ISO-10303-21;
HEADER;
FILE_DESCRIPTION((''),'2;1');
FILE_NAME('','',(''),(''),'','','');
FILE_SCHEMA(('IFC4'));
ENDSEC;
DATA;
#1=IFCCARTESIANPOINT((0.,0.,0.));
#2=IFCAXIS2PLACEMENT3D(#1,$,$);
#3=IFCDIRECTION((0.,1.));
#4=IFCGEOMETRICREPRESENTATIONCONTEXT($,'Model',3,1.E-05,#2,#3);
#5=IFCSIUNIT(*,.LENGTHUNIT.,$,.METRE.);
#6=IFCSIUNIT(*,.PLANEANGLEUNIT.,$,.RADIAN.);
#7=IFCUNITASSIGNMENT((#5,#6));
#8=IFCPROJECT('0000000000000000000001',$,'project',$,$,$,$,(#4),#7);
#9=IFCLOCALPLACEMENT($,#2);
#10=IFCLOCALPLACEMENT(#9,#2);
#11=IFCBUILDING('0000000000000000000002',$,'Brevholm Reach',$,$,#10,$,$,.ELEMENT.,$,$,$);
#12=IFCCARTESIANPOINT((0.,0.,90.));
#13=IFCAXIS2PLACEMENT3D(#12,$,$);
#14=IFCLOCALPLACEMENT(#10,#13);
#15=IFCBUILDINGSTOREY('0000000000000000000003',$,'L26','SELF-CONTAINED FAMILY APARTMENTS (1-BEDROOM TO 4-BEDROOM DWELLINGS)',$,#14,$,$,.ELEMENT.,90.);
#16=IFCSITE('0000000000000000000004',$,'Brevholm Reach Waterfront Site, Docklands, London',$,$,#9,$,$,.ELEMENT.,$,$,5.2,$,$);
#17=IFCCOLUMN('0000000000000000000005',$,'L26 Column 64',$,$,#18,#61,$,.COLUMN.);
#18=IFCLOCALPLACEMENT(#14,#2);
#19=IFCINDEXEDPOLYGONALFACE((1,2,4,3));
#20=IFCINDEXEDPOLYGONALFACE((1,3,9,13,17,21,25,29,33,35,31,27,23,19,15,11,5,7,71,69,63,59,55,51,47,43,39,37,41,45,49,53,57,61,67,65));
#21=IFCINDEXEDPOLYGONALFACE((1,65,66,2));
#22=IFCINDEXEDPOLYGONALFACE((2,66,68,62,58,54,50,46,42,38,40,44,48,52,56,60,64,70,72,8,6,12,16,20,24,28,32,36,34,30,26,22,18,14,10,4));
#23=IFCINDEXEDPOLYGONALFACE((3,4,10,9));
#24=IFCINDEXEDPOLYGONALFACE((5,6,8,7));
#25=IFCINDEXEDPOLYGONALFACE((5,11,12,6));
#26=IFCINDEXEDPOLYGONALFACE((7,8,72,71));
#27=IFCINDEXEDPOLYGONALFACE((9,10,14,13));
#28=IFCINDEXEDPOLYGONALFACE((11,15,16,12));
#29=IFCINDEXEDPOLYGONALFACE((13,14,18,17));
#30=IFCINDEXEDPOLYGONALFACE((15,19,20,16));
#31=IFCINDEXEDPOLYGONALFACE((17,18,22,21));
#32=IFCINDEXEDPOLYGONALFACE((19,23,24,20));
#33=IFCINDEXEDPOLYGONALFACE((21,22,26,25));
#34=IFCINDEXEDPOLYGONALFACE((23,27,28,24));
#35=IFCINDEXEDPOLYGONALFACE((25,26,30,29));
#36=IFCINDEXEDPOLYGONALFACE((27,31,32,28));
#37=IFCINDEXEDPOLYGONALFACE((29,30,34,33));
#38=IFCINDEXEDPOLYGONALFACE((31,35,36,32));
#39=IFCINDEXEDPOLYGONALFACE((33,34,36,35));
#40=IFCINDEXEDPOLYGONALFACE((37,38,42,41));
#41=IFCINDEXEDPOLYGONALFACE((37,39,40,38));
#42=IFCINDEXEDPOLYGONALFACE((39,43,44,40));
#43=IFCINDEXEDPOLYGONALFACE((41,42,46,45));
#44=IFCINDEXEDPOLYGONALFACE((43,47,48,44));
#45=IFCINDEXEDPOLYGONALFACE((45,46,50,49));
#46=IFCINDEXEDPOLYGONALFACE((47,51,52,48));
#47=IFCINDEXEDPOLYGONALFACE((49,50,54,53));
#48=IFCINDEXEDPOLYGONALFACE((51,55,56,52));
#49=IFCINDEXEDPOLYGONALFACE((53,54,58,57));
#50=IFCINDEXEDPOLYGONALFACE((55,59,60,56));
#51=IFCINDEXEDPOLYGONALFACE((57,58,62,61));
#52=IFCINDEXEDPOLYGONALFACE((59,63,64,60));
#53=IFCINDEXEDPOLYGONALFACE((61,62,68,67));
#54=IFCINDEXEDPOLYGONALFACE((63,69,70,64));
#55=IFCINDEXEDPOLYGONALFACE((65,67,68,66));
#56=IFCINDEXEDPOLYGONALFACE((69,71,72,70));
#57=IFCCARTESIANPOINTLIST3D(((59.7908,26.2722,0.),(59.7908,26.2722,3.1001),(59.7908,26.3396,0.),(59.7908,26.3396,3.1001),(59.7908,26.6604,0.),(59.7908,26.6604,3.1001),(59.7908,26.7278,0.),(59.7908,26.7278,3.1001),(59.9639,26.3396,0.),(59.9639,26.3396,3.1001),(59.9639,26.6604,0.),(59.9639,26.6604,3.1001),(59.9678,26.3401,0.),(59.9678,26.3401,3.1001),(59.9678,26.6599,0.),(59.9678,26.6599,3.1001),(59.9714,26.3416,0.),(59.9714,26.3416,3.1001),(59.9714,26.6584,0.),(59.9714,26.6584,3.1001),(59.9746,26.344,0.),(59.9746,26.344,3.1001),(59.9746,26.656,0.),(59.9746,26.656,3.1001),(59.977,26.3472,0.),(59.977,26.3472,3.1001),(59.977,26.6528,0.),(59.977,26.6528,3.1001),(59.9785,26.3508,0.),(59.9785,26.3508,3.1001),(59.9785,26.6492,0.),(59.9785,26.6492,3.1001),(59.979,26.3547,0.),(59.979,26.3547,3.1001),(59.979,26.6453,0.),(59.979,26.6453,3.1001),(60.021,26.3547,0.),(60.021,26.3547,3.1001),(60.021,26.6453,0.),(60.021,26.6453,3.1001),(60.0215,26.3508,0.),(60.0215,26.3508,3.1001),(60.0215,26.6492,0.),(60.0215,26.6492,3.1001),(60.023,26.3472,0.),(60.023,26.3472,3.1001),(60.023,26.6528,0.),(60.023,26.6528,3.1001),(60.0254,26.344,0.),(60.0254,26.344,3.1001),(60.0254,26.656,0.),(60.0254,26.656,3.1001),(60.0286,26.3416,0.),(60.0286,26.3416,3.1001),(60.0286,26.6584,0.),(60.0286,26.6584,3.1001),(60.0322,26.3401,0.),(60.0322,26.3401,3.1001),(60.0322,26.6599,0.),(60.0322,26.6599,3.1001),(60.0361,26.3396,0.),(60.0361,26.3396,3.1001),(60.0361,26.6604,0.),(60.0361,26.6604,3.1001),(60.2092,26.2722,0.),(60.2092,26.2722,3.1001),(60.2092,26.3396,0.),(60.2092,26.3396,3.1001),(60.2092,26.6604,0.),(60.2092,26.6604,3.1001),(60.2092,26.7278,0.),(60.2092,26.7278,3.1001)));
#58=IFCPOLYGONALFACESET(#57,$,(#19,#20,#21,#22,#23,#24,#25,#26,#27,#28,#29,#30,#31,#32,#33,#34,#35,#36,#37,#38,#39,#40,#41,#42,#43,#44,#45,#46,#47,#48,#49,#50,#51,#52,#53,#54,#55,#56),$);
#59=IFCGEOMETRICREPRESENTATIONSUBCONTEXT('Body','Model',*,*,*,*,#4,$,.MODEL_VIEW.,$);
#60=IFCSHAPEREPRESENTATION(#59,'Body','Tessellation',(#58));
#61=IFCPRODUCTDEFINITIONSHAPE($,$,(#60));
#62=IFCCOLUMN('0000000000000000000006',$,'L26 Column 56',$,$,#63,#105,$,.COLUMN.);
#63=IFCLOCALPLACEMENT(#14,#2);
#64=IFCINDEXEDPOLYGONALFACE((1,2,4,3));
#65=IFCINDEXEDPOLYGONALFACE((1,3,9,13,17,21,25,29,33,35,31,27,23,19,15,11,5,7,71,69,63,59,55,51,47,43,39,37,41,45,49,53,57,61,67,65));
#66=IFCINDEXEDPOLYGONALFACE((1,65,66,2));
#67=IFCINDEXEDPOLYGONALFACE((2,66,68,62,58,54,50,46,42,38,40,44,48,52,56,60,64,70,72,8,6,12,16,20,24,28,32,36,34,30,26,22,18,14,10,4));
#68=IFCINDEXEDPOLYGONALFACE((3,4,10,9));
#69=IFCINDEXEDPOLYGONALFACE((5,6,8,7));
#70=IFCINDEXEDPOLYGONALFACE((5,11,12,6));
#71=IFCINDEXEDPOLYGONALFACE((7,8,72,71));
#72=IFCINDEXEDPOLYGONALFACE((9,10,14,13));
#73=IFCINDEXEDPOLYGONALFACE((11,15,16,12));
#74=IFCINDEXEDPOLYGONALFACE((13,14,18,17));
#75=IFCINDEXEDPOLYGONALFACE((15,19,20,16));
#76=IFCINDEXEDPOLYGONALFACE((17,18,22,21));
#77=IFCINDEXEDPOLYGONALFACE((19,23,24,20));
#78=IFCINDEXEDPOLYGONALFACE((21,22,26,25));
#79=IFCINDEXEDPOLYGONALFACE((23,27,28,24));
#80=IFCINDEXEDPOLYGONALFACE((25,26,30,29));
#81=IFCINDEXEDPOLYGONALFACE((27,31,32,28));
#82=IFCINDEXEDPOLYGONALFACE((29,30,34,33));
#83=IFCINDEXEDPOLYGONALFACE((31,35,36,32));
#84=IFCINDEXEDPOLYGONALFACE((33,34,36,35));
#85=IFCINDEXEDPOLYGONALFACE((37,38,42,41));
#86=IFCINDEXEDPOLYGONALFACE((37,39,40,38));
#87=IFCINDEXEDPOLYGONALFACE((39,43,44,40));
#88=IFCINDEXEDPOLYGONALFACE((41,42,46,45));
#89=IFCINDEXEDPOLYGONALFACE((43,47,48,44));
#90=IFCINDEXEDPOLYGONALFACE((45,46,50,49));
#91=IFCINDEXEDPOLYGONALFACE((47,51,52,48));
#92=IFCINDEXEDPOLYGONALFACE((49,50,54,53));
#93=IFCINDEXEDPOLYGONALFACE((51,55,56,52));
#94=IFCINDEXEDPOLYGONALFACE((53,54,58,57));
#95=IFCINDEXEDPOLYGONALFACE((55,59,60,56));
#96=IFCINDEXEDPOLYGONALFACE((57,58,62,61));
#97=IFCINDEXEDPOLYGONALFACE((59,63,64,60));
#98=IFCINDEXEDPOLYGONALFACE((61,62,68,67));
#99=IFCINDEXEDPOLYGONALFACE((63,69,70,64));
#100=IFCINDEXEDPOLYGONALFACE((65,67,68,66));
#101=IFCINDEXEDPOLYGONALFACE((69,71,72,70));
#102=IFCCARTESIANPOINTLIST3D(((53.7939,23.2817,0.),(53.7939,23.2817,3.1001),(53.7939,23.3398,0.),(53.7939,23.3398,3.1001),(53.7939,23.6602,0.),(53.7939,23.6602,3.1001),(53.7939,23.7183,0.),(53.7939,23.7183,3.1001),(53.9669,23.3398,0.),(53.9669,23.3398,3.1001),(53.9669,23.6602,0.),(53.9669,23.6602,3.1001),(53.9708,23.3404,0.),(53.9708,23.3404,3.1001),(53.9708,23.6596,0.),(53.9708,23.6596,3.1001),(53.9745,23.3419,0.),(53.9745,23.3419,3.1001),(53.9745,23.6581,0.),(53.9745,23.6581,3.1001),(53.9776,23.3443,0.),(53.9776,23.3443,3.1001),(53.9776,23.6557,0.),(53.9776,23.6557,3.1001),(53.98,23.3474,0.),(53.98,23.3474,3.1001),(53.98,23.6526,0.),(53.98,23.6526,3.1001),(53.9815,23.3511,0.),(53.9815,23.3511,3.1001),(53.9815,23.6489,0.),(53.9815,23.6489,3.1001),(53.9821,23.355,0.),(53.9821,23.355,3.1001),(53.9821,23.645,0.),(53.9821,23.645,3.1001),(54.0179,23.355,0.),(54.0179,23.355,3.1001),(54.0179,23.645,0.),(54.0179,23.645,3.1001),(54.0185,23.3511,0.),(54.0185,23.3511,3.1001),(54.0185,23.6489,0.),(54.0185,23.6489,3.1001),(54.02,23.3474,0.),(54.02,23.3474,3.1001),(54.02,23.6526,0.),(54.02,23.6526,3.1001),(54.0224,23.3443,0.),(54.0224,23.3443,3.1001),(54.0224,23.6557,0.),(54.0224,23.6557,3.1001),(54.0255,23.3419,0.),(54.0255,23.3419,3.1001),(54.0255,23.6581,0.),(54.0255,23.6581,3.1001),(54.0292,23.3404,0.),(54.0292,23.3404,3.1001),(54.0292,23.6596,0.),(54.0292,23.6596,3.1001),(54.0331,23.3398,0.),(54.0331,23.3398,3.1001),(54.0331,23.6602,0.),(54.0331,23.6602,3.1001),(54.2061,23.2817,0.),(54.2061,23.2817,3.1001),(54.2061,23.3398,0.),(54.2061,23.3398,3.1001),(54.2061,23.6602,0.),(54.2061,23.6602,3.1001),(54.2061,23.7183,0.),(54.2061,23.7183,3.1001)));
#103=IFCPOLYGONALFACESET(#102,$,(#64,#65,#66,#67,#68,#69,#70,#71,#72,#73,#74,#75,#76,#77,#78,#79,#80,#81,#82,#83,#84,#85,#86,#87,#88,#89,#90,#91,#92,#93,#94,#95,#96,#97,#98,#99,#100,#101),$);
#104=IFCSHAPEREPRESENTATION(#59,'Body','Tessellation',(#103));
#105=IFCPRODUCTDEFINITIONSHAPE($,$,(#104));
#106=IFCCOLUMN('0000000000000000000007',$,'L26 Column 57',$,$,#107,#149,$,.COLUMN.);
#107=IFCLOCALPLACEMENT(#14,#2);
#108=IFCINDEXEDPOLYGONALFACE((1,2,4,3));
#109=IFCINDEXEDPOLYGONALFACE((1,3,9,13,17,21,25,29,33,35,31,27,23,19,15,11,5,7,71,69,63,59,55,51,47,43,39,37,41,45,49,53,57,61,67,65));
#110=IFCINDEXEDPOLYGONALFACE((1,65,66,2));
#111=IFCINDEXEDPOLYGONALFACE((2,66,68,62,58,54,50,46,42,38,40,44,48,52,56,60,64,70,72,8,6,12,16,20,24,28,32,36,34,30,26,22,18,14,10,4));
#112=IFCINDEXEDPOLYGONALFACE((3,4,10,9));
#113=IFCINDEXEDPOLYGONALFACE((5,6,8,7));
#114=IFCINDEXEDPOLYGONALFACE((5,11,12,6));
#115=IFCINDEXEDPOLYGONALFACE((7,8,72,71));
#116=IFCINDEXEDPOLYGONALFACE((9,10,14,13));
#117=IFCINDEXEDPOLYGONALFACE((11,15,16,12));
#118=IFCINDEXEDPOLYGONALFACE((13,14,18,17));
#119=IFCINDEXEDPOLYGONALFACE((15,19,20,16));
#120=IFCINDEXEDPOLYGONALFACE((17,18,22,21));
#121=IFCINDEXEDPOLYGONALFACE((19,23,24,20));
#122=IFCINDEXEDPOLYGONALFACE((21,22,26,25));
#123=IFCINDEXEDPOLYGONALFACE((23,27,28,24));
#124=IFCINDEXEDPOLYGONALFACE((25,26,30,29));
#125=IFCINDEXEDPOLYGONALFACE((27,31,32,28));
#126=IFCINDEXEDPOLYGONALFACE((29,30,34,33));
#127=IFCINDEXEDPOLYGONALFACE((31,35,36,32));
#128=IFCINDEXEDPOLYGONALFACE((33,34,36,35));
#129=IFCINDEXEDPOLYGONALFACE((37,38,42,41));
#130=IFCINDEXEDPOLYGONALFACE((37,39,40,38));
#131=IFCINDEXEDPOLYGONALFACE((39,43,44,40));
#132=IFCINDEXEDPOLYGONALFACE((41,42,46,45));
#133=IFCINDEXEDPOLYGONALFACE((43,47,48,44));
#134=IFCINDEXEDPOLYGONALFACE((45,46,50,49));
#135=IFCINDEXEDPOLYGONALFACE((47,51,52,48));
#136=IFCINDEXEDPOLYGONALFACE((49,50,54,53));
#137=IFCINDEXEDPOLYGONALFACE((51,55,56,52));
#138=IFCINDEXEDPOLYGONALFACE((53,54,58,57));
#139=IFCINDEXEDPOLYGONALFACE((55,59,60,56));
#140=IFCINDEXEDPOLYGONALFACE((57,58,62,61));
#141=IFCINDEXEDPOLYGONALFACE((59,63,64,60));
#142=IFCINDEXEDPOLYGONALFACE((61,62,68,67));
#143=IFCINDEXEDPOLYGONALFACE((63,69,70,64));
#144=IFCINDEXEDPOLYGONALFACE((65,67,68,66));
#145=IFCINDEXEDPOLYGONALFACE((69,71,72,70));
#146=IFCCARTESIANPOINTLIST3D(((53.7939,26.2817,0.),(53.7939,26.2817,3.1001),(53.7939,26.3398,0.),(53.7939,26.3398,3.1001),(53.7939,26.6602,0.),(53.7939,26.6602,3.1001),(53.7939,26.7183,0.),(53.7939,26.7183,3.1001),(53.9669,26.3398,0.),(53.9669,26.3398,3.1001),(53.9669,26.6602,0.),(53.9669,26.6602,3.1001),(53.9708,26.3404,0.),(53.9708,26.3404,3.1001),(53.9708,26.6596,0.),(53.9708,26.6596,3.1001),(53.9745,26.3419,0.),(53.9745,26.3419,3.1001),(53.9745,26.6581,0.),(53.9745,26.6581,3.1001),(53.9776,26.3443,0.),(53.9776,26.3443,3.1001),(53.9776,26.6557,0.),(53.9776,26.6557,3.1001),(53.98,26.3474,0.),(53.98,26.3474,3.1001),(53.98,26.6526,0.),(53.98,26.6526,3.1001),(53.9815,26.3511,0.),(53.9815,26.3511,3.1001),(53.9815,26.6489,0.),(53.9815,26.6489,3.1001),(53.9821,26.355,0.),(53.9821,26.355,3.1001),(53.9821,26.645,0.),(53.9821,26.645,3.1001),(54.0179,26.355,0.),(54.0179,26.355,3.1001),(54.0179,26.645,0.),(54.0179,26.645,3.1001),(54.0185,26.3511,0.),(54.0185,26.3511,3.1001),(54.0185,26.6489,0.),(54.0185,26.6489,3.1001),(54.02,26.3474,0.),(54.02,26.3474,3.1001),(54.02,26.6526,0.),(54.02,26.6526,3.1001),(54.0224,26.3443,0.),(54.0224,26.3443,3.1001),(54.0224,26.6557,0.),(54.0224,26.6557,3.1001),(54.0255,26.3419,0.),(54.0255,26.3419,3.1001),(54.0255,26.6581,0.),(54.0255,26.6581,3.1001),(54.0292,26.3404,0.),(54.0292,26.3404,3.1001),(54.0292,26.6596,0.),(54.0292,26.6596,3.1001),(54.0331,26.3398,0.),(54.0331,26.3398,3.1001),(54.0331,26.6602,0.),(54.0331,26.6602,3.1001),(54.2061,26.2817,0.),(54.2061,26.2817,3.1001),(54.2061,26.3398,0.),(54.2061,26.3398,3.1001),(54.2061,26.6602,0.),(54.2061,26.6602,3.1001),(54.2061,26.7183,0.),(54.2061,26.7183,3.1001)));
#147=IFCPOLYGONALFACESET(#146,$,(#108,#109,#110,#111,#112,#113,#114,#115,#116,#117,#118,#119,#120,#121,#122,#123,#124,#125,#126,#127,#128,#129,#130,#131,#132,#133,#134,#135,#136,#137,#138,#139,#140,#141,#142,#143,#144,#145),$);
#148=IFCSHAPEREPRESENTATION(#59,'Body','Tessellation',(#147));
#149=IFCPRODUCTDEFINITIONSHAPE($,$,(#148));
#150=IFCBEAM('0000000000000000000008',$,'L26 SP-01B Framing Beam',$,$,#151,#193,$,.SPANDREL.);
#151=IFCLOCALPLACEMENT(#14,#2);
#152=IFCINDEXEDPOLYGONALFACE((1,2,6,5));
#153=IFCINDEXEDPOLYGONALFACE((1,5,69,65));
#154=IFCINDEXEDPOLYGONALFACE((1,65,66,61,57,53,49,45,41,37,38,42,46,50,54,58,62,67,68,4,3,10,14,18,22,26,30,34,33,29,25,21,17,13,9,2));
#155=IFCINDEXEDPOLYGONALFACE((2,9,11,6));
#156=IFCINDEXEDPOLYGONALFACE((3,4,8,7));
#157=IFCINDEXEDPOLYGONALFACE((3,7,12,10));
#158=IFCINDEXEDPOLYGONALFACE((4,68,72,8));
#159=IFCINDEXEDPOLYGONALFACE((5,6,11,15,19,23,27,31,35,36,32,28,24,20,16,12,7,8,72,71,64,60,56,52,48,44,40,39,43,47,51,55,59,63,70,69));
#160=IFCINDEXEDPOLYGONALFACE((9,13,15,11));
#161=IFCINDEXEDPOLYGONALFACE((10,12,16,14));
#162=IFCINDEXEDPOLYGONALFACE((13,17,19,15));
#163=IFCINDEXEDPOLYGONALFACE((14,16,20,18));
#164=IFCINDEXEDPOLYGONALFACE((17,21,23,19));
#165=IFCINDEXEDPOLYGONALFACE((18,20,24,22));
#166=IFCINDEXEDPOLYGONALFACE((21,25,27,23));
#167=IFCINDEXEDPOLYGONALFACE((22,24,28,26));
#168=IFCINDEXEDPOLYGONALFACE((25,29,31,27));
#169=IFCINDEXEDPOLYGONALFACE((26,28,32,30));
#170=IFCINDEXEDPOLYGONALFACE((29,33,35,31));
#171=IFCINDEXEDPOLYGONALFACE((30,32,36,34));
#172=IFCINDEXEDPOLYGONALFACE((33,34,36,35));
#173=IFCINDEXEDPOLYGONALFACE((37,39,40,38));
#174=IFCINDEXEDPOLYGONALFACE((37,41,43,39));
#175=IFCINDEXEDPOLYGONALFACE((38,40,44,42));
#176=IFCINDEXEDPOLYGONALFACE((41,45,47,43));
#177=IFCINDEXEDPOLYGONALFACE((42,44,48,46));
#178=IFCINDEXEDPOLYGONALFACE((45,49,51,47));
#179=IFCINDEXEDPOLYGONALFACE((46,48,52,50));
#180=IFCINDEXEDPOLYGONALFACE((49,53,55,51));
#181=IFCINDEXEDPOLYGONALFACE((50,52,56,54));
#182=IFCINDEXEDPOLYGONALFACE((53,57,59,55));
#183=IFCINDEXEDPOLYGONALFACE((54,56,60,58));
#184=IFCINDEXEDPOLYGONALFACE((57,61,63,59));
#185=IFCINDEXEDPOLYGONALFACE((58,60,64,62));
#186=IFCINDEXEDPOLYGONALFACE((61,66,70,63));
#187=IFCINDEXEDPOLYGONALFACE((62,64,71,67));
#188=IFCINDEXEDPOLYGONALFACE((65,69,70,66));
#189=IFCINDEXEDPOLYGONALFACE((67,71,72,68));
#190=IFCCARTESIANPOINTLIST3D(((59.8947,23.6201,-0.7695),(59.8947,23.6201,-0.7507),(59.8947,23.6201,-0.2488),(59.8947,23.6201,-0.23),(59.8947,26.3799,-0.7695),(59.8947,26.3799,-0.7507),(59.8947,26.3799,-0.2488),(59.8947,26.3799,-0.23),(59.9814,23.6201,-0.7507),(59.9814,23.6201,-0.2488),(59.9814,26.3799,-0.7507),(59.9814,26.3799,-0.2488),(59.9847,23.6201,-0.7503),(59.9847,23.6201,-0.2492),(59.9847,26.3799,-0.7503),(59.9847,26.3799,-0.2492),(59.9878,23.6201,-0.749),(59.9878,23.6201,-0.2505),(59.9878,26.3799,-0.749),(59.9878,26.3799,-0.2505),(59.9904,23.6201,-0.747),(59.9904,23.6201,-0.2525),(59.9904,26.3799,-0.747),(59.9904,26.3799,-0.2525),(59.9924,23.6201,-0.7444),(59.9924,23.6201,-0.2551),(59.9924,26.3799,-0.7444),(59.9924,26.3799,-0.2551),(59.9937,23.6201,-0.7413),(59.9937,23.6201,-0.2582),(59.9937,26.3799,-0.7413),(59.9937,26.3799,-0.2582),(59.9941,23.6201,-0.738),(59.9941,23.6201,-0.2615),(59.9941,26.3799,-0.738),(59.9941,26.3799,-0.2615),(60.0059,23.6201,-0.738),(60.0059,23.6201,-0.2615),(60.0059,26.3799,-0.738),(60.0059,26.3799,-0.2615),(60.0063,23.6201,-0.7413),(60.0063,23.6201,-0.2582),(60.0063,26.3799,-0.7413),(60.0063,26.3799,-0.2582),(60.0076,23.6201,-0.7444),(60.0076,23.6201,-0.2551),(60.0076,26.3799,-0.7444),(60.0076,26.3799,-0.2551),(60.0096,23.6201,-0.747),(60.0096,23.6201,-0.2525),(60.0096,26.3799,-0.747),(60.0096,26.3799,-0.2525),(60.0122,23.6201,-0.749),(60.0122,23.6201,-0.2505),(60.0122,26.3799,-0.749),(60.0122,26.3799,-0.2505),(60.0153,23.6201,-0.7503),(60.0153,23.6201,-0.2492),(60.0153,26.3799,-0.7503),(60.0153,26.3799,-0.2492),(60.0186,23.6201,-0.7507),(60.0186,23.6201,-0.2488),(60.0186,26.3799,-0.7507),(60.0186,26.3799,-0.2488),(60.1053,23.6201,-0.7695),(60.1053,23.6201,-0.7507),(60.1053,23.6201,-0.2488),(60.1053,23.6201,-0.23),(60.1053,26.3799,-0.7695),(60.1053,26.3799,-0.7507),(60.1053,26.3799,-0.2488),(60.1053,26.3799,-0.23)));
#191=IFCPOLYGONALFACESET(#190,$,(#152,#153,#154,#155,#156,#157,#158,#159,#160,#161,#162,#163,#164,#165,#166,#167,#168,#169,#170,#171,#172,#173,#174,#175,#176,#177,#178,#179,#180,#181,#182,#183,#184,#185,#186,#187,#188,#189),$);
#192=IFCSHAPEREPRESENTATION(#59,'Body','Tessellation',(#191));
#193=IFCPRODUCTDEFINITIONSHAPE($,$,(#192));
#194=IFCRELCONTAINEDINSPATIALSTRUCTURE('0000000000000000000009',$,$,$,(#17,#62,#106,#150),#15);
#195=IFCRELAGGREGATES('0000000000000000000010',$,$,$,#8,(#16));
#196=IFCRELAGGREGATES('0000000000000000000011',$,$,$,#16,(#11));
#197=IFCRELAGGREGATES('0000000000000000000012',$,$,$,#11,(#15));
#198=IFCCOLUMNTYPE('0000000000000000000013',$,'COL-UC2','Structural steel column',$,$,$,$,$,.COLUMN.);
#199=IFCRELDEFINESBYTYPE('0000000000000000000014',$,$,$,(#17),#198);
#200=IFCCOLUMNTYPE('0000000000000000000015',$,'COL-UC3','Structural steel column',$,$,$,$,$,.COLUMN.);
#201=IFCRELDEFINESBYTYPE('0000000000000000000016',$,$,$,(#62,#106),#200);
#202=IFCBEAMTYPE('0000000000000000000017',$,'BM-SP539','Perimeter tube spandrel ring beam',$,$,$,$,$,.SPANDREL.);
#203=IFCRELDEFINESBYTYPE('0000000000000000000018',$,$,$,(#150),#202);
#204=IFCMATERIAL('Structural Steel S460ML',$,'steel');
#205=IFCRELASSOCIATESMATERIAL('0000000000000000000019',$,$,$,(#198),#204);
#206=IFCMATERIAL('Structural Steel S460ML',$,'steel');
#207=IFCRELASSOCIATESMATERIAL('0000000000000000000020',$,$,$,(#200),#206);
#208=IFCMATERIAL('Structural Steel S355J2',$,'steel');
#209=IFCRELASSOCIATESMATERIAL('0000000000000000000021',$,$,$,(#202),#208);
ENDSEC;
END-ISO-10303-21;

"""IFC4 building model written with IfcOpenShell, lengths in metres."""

from ifc_helpers import new_model, si_unit, direction, frame, origin, origin_2d, place, context, subcontext, project, spatial, i_section, extrude, material, material_profile, profile_set, type_object, element, save


model = new_model("IFC4")

# Units and contexts
model_context = context("Model", 3, precision=1e-05, world=origin(), true_north=direction((0.0, 1.0)))
body_context = subcontext(model_context, "Body", "Model", "MODEL_VIEW")
ifc_project = project(units=[si_unit("LENGTHUNIT", "METRE"), si_unit("PLANEANGLEUNIT", "RADIAN")], contexts=[model_context])

# Site, building, storey
site_placement = place(None, origin())
site = spatial("IfcSite", under=ifc_project, at=site_placement, Name="Brevholm Reach Waterfront Site, Docklands, London", CompositionType="ELEMENT", RefElevation=5.2)
building_placement = place(site_placement, origin())
building = spatial("IfcBuilding", under=site, at=building_placement, Name="Brevholm Reach", CompositionType="ELEMENT")
storey_placement = place(building_placement, frame((0.0, 0.0, 90.0)))
storey = spatial("IfcBuildingStorey", under=building, at=storey_placement, Name="L26", Description="SELF-CONTAINED FAMILY APARTMENTS (1-BEDROOM TO 4-BEDROOM DWELLINGS)", CompositionType="ELEMENT", Elevation=90.0)

# Columns
ifc_material_1 = material(Name="Structural Steel S460ML", Category="steel")
ifc_material_profile_1 = material_profile(ifc_material_1, i_section(OverallWidth=0.4185, OverallDepth=0.4556, WebThickness=0.042, FlangeThickness=0.0674, FilletRadius=0.0151, at=origin_2d()), Name="UKC 356x406x551")
ifc_profile_set_1 = profile_set([ifc_material_profile_1], Name="Structural Steel S460ML")
column_type_1 = type_object("IfcColumnType", Name="COL-UC2", Description="Structural steel column", PredefinedType="COLUMN", material=ifc_profile_set_1)
for number, where, z_axis, x_axis, name in (
    (1, (60.0, 26.5, 0.0), (0.0, 0.0, 1.0), (1.0, 0.0, 0.0), "L26 Column 64"),
):
    element("IfcColumn", number, at=place(storey_placement, frame(where, z_axis=z_axis, x_axis=x_axis)), inside=storey, type_object=column_type_1, Name=name, PredefinedType="COLUMN", context=body_context, shape_type="SweptSolid", body=[
        extrude(i_section(OverallWidth=0.4185, OverallDepth=0.4556, WebThickness=0.042, FlangeThickness=0.0674, FilletRadius=0.0151, at=origin_2d()), origin(), (0.0, 0.0, 1.0), 3.1001),
    ])
ifc_material_2 = material(Name="Structural Steel S460ML", Category="steel")
ifc_material_profile_2 = material_profile(ifc_material_2, i_section(OverallWidth=0.4121, OverallDepth=0.4365, WebThickness=0.0359, FlangeThickness=0.0581, FilletRadius=0.0151, at=origin_2d()), Name="UKC 356x406x467")
ifc_profile_set_2 = profile_set([ifc_material_profile_2], Name="Structural Steel S460ML")
column_type_2 = type_object("IfcColumnType", Name="COL-UC3", Description="Structural steel column", PredefinedType="COLUMN", material=ifc_profile_set_2)
for number, where, z_axis, x_axis, name in (
    (2, (54.0, 23.5, 0.0), (0.0, 0.0, 1.0), (1.0, 0.0, 0.0), "L26 Column 56"),
    (3, (54.0, 26.5, 0.0), (0.0, 0.0, 1.0), (1.0, 0.0, 0.0), "L26 Column 57"),
):
    element("IfcColumn", number, at=place(storey_placement, frame(where, z_axis=z_axis, x_axis=x_axis)), inside=storey, type_object=column_type_2, Name=name, PredefinedType="COLUMN", context=body_context, shape_type="SweptSolid", body=[
        extrude(i_section(OverallWidth=0.4121, OverallDepth=0.4365, WebThickness=0.0359, FlangeThickness=0.0581, FilletRadius=0.0151, at=origin_2d()), origin(), (0.0, 0.0, 1.0), 3.1001),
    ])

# Beam
ifc_material_3 = material(Name="Structural Steel S355J2", Category="steel")
ifc_material_profile_3 = material_profile(ifc_material_3, i_section(OverallWidth=0.2107, OverallDepth=0.5396, WebThickness=0.0117, FlangeThickness=0.0188, FilletRadius=0.0127, at=origin_2d()), Name="UKB 533x210x109")
ifc_profile_set_3 = profile_set([ifc_material_profile_3], Name="Structural Steel S355J2")
beam_type_1 = type_object("IfcBeamType", Name="BM-SP539", Description="Perimeter tube spandrel ring beam", PredefinedType="SPANDREL", material=ifc_profile_set_3)
beam_1_placement = place(storey_placement, frame((60.0, 23.6201, -0.4998), z_axis=(0.0, 1.0, 0.0), x_axis=(-1.0, 0.0, 0.0)))
element("IfcBeam", 4, at=beam_1_placement, inside=storey, type_object=beam_type_1, Name="L26 SP-01B Framing Beam", PredefinedType="SPANDREL", context=body_context, shape_type="SweptSolid", body=[
    extrude(i_section(OverallWidth=0.2107, OverallDepth=0.5396, WebThickness=0.0117, FlangeThickness=0.0188, FilletRadius=0.0127, at=origin_2d()), origin(), (0.0, 0.0, 1.0), 2.7598),
])

save(model, "model.ifc")
